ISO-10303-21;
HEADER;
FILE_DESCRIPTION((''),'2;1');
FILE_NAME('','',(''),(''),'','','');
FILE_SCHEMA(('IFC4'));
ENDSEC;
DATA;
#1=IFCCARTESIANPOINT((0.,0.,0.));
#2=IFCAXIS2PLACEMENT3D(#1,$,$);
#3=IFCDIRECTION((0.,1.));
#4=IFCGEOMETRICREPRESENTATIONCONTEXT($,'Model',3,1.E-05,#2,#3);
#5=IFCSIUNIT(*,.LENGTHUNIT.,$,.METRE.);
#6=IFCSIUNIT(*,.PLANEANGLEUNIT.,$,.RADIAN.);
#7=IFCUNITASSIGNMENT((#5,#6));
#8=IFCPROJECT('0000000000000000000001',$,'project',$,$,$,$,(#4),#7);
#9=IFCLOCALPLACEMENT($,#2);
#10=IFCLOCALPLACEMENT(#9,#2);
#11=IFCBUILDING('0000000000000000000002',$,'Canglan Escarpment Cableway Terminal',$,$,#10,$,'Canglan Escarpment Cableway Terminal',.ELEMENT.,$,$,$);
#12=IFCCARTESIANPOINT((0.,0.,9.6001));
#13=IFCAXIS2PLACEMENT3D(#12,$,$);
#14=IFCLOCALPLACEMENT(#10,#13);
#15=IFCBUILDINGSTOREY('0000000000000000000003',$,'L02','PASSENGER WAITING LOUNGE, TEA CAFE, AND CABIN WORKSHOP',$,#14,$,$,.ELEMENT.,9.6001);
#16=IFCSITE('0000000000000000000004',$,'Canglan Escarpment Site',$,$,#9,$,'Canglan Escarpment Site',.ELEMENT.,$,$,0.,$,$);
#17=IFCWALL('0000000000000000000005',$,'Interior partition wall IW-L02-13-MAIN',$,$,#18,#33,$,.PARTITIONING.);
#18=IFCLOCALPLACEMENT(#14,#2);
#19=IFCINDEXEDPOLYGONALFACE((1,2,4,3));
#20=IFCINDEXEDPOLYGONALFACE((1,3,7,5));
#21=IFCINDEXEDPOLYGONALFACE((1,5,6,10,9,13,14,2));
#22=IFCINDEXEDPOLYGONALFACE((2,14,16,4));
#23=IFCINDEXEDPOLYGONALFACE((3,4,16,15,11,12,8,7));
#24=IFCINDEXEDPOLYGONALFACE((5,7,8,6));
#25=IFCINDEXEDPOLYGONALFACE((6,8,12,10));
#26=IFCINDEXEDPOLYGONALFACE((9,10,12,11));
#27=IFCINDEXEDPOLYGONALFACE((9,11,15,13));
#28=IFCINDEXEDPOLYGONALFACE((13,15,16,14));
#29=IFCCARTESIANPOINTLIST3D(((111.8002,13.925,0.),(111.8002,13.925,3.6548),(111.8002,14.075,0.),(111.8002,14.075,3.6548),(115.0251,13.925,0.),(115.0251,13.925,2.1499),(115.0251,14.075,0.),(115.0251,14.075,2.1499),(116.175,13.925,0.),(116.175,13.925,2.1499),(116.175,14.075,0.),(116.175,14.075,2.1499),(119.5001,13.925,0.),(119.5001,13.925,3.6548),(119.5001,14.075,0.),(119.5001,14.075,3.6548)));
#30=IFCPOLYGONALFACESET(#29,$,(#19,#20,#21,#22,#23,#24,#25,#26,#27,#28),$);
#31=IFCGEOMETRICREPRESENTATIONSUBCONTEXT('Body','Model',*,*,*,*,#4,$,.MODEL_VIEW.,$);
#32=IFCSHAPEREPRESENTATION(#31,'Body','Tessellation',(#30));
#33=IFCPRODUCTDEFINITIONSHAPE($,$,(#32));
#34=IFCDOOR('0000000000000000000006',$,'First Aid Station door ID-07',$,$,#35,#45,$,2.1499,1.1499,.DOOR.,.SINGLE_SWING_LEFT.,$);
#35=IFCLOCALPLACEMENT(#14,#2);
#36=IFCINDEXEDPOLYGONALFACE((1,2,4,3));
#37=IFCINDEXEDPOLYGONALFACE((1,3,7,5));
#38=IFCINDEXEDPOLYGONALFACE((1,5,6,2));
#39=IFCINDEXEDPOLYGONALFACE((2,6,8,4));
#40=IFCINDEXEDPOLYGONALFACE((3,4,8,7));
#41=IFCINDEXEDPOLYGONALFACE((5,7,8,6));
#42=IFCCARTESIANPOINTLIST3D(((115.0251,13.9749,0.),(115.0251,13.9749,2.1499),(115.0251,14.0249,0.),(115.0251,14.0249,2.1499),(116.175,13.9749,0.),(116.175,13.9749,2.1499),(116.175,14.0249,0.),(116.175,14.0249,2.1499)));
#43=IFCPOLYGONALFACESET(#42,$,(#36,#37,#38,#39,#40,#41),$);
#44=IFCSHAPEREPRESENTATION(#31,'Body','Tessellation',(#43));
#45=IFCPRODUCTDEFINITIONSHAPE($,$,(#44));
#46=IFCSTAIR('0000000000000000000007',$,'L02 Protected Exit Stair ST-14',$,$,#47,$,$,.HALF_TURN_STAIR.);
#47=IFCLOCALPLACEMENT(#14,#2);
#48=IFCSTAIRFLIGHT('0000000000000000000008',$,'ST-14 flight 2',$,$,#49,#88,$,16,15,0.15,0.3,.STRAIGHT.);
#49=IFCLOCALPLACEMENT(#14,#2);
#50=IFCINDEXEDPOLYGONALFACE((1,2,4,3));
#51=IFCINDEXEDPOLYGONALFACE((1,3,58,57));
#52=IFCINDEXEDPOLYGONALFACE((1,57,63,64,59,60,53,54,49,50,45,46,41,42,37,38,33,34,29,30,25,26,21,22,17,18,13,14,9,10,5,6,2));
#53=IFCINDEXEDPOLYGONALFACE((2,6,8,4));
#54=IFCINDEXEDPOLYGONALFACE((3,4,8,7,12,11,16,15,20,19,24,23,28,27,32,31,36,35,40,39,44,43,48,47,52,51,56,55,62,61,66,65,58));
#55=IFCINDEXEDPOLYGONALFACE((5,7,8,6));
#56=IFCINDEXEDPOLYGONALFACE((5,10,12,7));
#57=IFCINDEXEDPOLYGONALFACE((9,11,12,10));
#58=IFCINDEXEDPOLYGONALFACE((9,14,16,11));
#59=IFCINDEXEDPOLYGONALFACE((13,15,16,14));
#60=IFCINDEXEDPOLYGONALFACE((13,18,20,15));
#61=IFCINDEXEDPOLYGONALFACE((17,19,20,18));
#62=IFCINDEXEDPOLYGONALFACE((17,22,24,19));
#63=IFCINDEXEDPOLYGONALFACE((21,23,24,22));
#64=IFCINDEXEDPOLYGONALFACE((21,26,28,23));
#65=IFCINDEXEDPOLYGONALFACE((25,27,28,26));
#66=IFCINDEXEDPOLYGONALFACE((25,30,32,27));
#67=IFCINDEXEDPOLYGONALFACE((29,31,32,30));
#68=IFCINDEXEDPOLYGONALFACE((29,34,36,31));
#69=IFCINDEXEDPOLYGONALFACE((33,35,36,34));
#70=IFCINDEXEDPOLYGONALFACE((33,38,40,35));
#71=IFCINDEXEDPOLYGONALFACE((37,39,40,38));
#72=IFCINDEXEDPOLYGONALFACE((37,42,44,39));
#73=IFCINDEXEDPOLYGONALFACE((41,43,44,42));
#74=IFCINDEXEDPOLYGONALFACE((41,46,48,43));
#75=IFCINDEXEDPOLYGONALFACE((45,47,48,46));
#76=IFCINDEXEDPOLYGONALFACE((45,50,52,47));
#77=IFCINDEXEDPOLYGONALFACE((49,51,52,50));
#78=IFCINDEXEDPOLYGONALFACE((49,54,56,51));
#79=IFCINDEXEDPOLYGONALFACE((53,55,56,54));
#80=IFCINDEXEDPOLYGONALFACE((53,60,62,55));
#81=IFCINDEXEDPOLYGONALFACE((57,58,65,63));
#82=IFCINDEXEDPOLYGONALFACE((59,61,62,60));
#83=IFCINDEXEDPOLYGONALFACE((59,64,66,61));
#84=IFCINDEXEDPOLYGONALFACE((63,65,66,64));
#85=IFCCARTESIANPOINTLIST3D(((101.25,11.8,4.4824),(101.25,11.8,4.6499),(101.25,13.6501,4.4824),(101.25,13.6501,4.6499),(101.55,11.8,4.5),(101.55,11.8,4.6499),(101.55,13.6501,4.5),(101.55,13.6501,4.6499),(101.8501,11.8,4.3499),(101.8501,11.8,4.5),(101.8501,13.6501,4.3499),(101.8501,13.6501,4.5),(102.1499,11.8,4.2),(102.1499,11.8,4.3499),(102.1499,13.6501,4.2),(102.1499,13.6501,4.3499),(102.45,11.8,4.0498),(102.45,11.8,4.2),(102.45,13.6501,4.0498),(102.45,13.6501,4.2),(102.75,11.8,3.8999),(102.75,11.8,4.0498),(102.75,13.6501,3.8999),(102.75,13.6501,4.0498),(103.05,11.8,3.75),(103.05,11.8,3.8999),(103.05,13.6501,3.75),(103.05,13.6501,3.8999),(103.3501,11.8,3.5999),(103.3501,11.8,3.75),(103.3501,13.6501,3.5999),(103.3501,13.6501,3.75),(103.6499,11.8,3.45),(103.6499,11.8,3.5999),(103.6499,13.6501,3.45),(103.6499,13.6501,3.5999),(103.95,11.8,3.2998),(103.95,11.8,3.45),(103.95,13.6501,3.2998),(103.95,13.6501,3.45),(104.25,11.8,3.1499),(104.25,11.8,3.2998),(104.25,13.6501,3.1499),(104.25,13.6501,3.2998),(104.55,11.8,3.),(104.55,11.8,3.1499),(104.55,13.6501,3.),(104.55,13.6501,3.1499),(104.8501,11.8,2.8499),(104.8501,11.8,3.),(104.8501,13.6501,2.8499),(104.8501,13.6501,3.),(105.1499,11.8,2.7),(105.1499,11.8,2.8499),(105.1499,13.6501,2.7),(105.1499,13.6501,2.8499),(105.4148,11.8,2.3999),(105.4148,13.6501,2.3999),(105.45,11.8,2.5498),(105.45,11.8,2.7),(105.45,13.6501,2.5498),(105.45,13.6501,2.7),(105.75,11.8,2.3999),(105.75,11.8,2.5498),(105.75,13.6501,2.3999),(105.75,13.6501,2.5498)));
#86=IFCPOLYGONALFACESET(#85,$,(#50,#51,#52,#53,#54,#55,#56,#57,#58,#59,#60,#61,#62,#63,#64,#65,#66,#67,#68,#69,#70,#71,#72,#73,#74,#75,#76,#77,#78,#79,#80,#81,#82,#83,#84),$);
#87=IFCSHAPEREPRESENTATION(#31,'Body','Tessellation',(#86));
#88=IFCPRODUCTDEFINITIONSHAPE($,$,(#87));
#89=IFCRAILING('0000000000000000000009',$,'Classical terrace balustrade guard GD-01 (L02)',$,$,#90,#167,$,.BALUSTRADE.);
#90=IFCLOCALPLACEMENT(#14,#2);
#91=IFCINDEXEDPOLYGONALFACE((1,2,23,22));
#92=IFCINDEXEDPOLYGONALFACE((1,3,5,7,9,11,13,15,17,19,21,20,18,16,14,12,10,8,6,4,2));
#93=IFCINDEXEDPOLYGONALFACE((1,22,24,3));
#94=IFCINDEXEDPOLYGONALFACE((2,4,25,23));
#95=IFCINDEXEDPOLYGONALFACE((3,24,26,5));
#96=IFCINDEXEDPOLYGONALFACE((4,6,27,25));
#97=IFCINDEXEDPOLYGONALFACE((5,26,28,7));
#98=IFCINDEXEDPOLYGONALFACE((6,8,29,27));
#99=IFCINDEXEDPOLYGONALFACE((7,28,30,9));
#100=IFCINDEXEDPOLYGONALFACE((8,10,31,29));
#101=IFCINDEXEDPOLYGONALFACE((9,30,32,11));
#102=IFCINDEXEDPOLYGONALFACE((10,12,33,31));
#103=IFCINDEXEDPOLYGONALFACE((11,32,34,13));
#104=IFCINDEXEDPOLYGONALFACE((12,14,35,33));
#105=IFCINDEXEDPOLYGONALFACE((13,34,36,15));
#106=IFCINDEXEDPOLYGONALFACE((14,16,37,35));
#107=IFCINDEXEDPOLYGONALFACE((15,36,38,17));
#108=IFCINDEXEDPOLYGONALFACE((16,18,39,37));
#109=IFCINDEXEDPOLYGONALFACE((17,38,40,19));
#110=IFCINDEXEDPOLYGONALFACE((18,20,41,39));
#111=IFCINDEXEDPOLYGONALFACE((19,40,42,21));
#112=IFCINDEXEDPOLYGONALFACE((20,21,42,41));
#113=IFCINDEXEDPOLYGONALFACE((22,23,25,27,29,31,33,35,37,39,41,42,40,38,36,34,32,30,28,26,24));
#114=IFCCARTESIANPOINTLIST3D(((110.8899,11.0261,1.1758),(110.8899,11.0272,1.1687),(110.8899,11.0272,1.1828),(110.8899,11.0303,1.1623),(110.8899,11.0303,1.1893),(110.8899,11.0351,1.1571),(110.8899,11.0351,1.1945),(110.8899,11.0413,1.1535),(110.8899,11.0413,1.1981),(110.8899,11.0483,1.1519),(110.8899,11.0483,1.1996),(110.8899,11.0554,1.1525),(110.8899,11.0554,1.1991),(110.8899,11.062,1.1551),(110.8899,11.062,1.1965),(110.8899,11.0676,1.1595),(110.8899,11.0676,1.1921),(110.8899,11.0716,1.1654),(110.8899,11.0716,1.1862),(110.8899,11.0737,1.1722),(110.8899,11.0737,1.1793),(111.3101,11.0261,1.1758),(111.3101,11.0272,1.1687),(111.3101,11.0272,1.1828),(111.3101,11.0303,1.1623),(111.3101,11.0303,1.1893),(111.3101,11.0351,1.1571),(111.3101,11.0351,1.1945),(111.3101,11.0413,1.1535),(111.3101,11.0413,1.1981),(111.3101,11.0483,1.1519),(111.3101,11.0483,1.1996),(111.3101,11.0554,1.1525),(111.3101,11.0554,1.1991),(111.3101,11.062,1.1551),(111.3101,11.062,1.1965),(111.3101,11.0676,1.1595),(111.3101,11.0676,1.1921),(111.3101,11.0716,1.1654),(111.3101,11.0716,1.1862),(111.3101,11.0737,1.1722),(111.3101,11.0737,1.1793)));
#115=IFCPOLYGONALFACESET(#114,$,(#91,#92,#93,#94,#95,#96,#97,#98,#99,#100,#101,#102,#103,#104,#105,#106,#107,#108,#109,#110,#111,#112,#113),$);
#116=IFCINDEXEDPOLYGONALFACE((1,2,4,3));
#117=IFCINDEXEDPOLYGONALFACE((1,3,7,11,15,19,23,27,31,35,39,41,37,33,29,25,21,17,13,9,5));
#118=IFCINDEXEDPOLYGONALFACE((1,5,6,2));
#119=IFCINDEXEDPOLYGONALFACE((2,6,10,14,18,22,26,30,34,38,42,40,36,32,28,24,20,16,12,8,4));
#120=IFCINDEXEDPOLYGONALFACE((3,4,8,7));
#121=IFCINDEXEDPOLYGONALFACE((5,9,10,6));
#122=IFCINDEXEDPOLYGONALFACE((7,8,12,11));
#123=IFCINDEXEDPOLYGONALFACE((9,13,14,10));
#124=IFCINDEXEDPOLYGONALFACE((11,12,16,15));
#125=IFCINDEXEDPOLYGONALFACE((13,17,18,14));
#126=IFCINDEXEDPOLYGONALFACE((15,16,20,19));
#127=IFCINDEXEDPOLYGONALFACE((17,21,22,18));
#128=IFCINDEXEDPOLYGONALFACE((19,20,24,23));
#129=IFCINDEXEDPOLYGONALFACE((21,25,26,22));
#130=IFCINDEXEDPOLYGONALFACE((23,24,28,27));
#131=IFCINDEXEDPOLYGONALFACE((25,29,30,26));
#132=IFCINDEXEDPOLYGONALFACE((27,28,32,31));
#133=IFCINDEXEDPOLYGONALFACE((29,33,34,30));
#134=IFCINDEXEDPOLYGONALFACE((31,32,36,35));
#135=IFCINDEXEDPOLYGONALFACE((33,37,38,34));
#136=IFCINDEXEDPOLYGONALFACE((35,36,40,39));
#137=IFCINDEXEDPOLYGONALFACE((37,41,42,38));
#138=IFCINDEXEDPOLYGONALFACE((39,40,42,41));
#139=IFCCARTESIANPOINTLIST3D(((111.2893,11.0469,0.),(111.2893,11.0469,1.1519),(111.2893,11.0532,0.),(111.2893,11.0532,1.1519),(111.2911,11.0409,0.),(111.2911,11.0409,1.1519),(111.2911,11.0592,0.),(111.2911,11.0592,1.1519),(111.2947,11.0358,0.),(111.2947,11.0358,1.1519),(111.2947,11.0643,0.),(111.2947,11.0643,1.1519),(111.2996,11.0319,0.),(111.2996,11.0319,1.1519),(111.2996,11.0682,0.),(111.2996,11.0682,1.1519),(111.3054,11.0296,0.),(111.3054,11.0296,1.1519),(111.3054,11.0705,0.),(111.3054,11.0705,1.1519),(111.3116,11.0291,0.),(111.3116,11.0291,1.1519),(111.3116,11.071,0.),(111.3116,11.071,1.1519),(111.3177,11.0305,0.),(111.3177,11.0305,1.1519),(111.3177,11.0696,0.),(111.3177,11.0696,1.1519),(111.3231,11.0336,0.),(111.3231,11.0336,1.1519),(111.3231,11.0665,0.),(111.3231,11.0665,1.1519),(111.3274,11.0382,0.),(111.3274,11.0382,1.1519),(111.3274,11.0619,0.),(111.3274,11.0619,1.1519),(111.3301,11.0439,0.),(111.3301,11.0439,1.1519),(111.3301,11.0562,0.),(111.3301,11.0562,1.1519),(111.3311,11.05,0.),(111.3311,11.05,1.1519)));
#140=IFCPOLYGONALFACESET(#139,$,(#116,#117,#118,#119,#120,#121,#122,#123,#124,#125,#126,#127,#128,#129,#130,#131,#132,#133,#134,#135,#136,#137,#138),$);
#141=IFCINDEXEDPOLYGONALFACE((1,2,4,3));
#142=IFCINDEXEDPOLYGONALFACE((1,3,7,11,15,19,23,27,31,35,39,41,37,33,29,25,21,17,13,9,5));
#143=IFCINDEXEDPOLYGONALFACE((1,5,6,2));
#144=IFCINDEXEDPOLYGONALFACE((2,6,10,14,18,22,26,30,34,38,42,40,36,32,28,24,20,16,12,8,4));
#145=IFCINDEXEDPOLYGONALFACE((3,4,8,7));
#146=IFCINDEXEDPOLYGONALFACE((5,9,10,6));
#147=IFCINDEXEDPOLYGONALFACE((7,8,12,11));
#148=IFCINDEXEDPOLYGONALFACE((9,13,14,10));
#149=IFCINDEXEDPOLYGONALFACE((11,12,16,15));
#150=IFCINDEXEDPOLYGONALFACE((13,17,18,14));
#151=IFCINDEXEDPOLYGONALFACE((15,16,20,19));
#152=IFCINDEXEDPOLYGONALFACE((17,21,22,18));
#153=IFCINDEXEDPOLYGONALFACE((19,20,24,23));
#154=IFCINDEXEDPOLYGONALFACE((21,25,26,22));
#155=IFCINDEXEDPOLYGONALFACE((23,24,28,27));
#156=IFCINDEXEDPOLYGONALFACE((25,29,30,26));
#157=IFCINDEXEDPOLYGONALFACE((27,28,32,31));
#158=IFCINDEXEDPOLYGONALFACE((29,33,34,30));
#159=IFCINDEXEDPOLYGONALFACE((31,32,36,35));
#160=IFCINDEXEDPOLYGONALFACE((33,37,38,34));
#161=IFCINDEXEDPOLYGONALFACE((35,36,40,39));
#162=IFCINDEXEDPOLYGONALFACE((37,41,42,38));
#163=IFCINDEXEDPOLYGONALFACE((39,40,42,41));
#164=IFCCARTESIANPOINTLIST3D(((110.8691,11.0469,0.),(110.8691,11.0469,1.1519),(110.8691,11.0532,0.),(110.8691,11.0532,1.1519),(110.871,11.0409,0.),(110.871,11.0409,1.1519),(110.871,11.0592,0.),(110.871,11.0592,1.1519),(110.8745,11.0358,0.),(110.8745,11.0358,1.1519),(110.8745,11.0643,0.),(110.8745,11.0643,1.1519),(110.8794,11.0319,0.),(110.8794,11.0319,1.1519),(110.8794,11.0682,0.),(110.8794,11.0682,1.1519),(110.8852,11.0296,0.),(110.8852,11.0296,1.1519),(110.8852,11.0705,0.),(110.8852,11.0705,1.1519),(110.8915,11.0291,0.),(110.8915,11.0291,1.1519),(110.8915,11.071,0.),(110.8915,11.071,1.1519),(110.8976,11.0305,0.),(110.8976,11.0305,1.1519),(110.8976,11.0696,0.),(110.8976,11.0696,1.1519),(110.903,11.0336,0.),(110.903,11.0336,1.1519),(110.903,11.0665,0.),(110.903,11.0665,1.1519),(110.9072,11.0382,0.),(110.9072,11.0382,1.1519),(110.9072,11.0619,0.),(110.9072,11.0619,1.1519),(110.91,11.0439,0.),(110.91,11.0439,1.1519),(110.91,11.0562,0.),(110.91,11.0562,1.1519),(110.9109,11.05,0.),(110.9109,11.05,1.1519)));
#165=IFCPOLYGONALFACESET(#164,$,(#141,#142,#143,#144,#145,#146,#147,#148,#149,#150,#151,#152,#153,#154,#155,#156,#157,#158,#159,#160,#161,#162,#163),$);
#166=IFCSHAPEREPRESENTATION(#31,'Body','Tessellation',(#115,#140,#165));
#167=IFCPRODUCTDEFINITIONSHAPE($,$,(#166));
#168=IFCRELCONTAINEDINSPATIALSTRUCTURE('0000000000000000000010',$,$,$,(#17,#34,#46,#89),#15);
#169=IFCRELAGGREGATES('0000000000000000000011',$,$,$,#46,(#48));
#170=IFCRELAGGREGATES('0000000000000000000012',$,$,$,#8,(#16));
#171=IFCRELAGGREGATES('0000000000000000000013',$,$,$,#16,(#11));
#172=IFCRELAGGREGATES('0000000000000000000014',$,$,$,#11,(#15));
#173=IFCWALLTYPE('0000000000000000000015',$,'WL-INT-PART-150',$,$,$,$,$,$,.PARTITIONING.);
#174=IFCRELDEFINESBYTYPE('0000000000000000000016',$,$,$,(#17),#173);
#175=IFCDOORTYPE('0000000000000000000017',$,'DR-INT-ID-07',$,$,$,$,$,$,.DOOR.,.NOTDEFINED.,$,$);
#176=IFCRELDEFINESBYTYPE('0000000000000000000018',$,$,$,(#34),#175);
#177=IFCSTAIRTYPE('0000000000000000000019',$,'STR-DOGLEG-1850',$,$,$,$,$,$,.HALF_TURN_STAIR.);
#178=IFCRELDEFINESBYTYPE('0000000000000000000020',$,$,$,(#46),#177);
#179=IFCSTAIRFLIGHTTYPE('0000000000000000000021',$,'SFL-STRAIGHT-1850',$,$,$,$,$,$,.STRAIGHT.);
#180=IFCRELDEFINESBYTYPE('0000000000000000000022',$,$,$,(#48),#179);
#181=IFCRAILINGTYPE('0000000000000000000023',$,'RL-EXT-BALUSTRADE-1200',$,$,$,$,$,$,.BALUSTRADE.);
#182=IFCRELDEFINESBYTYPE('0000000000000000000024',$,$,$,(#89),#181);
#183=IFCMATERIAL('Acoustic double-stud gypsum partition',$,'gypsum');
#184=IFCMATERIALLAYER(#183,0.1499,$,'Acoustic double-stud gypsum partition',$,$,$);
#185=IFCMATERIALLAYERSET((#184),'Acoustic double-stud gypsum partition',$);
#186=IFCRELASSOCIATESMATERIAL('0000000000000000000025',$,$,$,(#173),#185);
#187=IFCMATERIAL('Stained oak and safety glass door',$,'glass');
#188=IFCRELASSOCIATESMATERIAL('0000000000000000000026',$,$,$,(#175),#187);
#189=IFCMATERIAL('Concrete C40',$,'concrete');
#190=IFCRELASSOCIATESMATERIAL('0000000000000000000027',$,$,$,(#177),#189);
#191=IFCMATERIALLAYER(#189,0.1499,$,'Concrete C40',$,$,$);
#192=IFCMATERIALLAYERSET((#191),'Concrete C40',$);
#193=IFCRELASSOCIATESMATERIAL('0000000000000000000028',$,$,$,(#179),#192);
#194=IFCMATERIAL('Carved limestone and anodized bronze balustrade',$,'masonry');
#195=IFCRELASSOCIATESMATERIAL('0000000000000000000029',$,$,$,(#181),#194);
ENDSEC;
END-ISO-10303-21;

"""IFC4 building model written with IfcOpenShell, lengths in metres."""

from ifc_helpers import new_model, si_unit, direction, frame, frame_2d, origin, origin_2d, place, context, subcontext, project, spatial, polyline, rectangle, circle, outline, extrude, material, layer, layer_set, type_object, element, fill, aggregate, save


model = new_model("IFC4")

# Units and contexts
model_context = context("Model", 3, precision=1e-05, world=origin(), true_north=direction((0.0, 1.0)))
body_context = subcontext(model_context, "Body", "Model", "MODEL_VIEW")
ifc_project = project(units=[si_unit("LENGTHUNIT", "METRE"), si_unit("PLANEANGLEUNIT", "RADIAN")], contexts=[model_context])

# Site, building, storey
site_placement = place(None, origin())
site = spatial("IfcSite", under=ifc_project, at=site_placement, Name="Canglan Escarpment Site", LongName="Canglan Escarpment Site", CompositionType="ELEMENT", RefElevation=0.0)
building_placement = place(site_placement, origin())
building = spatial("IfcBuilding", under=site, at=building_placement, Name="Canglan Escarpment Cableway Terminal", LongName="Canglan Escarpment Cableway Terminal", CompositionType="ELEMENT")
storey_placement = place(building_placement, frame((0.0, 0.0, 9.6001)))
storey = spatial("IfcBuildingStorey", under=building, at=storey_placement, Name="L02", Description="PASSENGER WAITING LOUNGE, TEA CAFE, AND CABIN WORKSHOP", CompositionType="ELEMENT", Elevation=9.6001)

# Shared definitions
ifc_material_1 = material(Name="Concrete C40", Category="concrete")

# Wall, opening, door
ifc_material_2 = material(Name="Stained oak and safety glass door", Category="glass")
ifc_material_3 = material(Name="Acoustic double-stud gypsum partition", Category="gypsum")
ifc_layer_1 = layer(ifc_material_3, 0.1499, Name="Acoustic double-stud gypsum partition")
ifc_layer_set_1 = layer_set([ifc_layer_1], Name="Acoustic double-stud gypsum partition")
wall_type_1 = type_object("IfcWallType", Name="WL-INT-PART-150", PredefinedType="PARTITIONING", material=ifc_layer_set_1)
wall_1_placement = place(storey_placement, frame((111.8, 14.0, 0.0), z_axis=(0.0, 0.0, 1.0), x_axis=(1.0, 0.0, 0.0)))
wall_1 = element("IfcWall", 1, at=wall_1_placement, inside=storey, type_object=wall_type_1, Name="Interior partition wall IW-L02-13-MAIN", PredefinedType="PARTITIONING", context=body_context, shape_type="SweptSolid", body=[
    extrude(rectangle(XDim=7.7, YDim=0.1499, at=frame_2d((3.8501, 0.0))), origin(), (0.0, 0.0, 1.0), 3.6548),
])
opening_1_placement = place(wall_1_placement, frame((3.2251, 0.0, 0.0)))
opening_1 = element("IfcOpeningElement", 2, at=opening_1_placement, cuts=wall_1, PredefinedType="OPENING", context=body_context, shape_type="SweptSolid", body=[
    extrude(rectangle(XDim=1.1499, YDim=2.1499, at=frame_2d((0.575, 1.075))), frame((0.0, 0.085, 0.0), z_axis=(0.0, -1.0, 0.0), x_axis=(1.0, 0.0, 0.0)), (0.0, 0.0, 1.0), 0.1699),
])
door_type_1 = type_object("IfcDoorType", Name="DR-INT-ID-07", OperationType="NOTDEFINED", PredefinedType="DOOR", material=ifc_material_2)
door_1_placement = place(opening_1_placement, origin())
door_1 = element("IfcDoor", 3, at=door_1_placement, inside=storey, type_object=door_type_1, Name="First Aid Station door ID-07", OperationType="SINGLE_SWING_LEFT", OverallHeight=2.1499, OverallWidth=1.1499, PredefinedType="DOOR", context=body_context, shape_type="SweptSolid", body=[
    extrude(rectangle(XDim=1.1499, YDim=2.1499, at=frame_2d((0.575, 1.075))), frame((0.0, 0.0249, 0.0), z_axis=(0.0, -1.0, 0.0), x_axis=(1.0, 0.0, 0.0)), (0.0, 0.0, 1.0), 0.05),
])
fill(opening_1, door_1)

# Stair, stair flight
stair_type = type_object("IfcStairType", Name="STR-DOGLEG-1850", PredefinedType="HALF_TURN_STAIR", material=ifc_material_1)
stair_placement = place(storey_placement, origin())
stair = element("IfcStair", 4, at=stair_placement, inside=storey, type_object=stair_type, Name="L02 Protected Exit Stair ST-14", PredefinedType="HALF_TURN_STAIR")
ifc_layer_2 = layer(ifc_material_1, 0.1499, Name="Concrete C40")
ifc_layer_set_2 = layer_set([ifc_layer_2], Name="Concrete C40")
stair_flight_type = type_object("IfcStairFlightType", Name="SFL-STRAIGHT-1850", PredefinedType="STRAIGHT", material=ifc_layer_set_2)
stair_flight_placement = place(storey_placement, frame((105.75, 12.7251, 2.3999), z_axis=(0.0, 0.0, 1.0), x_axis=(-1.0, 0.0, 0.0)))
stair_flight = element("IfcStairFlight", 5, at=stair_flight_placement, type_object=stair_flight_type, Name="ST-14 flight 2", NumberOfRisers=16, NumberOfTreads=15, PredefinedType="STRAIGHT", RiserHeight=0.15, TreadLength=0.3, context=body_context, shape_type="SweptSolid", body=[
    extrude(outline(polyline([(0.0, 0.0), (0.0, 0.1499), (0.3, 0.1499), (0.3, 0.3), (0.6001, 0.3), (0.6001, 0.45), (0.8999, 0.45), (0.8999, 0.6001), (1.2, 0.6001), (1.2, 0.75), (1.5, 0.75), (1.5, 0.8999), (1.8, 0.8999), (1.8, 1.05), (2.1001, 1.05), (2.1001, 1.2), (2.3999, 1.2), (2.3999, 1.3501), (2.7, 1.3501), (2.7, 1.5), (3.0, 1.5), (3.0, 1.6499), (3.3, 1.6499), (3.3, 1.8), (3.6001, 1.8), (3.6001, 1.95), (3.8999, 1.95), (3.8999, 2.1001), (4.2, 2.1001), (4.2, 2.25), (4.5, 2.25), (4.5, 2.3999), (4.5, 2.0825), (0.3352, 0.0), (0.0, 0.0)])), frame((0.0, 0.925, 0.0), z_axis=(0.0, -1.0, 0.0), x_axis=(1.0, 0.0, 0.0)), (0.0, 0.0, 1.0), 1.8501),
])
aggregate(stair, [stair_flight])

# Railing
ifc_material_4 = material(Name="Carved limestone and anodized bronze balustrade", Category="masonry")
railing_type_1 = type_object("IfcRailingType", Name="RL-EXT-BALUSTRADE-1200", PredefinedType="BALUSTRADE", material=ifc_material_4)
railing_1_placement = place(storey_placement, frame((111.3101, 11.05, 0.0)))
element("IfcRailing", 6, at=railing_1_placement, inside=storey, type_object=railing_type_1, Name="Classical terrace balustrade guard GD-01 (L02)", PredefinedType="BALUSTRADE", context=body_context, shape_type="SweptSolid", body=[
    extrude(circle(Radius=0.0239, at=origin_2d()), frame((0.0, 0.0, 1.1758), z_axis=(-1.0, 0.0, 0.0), x_axis=(0.0, -1.0, 0.0)), (0.0, 0.0, 1.0), 0.4202),
    extrude(circle(Radius=0.021, at=origin_2d()), origin(), (0.0, 0.0, 1.0), 1.1519),
    extrude(circle(Radius=0.021, at=origin_2d()), frame((-0.4202, 0.0, 0.0)), (0.0, 0.0, 1.0), 1.1519),
])

save(model, "model.ifc")
